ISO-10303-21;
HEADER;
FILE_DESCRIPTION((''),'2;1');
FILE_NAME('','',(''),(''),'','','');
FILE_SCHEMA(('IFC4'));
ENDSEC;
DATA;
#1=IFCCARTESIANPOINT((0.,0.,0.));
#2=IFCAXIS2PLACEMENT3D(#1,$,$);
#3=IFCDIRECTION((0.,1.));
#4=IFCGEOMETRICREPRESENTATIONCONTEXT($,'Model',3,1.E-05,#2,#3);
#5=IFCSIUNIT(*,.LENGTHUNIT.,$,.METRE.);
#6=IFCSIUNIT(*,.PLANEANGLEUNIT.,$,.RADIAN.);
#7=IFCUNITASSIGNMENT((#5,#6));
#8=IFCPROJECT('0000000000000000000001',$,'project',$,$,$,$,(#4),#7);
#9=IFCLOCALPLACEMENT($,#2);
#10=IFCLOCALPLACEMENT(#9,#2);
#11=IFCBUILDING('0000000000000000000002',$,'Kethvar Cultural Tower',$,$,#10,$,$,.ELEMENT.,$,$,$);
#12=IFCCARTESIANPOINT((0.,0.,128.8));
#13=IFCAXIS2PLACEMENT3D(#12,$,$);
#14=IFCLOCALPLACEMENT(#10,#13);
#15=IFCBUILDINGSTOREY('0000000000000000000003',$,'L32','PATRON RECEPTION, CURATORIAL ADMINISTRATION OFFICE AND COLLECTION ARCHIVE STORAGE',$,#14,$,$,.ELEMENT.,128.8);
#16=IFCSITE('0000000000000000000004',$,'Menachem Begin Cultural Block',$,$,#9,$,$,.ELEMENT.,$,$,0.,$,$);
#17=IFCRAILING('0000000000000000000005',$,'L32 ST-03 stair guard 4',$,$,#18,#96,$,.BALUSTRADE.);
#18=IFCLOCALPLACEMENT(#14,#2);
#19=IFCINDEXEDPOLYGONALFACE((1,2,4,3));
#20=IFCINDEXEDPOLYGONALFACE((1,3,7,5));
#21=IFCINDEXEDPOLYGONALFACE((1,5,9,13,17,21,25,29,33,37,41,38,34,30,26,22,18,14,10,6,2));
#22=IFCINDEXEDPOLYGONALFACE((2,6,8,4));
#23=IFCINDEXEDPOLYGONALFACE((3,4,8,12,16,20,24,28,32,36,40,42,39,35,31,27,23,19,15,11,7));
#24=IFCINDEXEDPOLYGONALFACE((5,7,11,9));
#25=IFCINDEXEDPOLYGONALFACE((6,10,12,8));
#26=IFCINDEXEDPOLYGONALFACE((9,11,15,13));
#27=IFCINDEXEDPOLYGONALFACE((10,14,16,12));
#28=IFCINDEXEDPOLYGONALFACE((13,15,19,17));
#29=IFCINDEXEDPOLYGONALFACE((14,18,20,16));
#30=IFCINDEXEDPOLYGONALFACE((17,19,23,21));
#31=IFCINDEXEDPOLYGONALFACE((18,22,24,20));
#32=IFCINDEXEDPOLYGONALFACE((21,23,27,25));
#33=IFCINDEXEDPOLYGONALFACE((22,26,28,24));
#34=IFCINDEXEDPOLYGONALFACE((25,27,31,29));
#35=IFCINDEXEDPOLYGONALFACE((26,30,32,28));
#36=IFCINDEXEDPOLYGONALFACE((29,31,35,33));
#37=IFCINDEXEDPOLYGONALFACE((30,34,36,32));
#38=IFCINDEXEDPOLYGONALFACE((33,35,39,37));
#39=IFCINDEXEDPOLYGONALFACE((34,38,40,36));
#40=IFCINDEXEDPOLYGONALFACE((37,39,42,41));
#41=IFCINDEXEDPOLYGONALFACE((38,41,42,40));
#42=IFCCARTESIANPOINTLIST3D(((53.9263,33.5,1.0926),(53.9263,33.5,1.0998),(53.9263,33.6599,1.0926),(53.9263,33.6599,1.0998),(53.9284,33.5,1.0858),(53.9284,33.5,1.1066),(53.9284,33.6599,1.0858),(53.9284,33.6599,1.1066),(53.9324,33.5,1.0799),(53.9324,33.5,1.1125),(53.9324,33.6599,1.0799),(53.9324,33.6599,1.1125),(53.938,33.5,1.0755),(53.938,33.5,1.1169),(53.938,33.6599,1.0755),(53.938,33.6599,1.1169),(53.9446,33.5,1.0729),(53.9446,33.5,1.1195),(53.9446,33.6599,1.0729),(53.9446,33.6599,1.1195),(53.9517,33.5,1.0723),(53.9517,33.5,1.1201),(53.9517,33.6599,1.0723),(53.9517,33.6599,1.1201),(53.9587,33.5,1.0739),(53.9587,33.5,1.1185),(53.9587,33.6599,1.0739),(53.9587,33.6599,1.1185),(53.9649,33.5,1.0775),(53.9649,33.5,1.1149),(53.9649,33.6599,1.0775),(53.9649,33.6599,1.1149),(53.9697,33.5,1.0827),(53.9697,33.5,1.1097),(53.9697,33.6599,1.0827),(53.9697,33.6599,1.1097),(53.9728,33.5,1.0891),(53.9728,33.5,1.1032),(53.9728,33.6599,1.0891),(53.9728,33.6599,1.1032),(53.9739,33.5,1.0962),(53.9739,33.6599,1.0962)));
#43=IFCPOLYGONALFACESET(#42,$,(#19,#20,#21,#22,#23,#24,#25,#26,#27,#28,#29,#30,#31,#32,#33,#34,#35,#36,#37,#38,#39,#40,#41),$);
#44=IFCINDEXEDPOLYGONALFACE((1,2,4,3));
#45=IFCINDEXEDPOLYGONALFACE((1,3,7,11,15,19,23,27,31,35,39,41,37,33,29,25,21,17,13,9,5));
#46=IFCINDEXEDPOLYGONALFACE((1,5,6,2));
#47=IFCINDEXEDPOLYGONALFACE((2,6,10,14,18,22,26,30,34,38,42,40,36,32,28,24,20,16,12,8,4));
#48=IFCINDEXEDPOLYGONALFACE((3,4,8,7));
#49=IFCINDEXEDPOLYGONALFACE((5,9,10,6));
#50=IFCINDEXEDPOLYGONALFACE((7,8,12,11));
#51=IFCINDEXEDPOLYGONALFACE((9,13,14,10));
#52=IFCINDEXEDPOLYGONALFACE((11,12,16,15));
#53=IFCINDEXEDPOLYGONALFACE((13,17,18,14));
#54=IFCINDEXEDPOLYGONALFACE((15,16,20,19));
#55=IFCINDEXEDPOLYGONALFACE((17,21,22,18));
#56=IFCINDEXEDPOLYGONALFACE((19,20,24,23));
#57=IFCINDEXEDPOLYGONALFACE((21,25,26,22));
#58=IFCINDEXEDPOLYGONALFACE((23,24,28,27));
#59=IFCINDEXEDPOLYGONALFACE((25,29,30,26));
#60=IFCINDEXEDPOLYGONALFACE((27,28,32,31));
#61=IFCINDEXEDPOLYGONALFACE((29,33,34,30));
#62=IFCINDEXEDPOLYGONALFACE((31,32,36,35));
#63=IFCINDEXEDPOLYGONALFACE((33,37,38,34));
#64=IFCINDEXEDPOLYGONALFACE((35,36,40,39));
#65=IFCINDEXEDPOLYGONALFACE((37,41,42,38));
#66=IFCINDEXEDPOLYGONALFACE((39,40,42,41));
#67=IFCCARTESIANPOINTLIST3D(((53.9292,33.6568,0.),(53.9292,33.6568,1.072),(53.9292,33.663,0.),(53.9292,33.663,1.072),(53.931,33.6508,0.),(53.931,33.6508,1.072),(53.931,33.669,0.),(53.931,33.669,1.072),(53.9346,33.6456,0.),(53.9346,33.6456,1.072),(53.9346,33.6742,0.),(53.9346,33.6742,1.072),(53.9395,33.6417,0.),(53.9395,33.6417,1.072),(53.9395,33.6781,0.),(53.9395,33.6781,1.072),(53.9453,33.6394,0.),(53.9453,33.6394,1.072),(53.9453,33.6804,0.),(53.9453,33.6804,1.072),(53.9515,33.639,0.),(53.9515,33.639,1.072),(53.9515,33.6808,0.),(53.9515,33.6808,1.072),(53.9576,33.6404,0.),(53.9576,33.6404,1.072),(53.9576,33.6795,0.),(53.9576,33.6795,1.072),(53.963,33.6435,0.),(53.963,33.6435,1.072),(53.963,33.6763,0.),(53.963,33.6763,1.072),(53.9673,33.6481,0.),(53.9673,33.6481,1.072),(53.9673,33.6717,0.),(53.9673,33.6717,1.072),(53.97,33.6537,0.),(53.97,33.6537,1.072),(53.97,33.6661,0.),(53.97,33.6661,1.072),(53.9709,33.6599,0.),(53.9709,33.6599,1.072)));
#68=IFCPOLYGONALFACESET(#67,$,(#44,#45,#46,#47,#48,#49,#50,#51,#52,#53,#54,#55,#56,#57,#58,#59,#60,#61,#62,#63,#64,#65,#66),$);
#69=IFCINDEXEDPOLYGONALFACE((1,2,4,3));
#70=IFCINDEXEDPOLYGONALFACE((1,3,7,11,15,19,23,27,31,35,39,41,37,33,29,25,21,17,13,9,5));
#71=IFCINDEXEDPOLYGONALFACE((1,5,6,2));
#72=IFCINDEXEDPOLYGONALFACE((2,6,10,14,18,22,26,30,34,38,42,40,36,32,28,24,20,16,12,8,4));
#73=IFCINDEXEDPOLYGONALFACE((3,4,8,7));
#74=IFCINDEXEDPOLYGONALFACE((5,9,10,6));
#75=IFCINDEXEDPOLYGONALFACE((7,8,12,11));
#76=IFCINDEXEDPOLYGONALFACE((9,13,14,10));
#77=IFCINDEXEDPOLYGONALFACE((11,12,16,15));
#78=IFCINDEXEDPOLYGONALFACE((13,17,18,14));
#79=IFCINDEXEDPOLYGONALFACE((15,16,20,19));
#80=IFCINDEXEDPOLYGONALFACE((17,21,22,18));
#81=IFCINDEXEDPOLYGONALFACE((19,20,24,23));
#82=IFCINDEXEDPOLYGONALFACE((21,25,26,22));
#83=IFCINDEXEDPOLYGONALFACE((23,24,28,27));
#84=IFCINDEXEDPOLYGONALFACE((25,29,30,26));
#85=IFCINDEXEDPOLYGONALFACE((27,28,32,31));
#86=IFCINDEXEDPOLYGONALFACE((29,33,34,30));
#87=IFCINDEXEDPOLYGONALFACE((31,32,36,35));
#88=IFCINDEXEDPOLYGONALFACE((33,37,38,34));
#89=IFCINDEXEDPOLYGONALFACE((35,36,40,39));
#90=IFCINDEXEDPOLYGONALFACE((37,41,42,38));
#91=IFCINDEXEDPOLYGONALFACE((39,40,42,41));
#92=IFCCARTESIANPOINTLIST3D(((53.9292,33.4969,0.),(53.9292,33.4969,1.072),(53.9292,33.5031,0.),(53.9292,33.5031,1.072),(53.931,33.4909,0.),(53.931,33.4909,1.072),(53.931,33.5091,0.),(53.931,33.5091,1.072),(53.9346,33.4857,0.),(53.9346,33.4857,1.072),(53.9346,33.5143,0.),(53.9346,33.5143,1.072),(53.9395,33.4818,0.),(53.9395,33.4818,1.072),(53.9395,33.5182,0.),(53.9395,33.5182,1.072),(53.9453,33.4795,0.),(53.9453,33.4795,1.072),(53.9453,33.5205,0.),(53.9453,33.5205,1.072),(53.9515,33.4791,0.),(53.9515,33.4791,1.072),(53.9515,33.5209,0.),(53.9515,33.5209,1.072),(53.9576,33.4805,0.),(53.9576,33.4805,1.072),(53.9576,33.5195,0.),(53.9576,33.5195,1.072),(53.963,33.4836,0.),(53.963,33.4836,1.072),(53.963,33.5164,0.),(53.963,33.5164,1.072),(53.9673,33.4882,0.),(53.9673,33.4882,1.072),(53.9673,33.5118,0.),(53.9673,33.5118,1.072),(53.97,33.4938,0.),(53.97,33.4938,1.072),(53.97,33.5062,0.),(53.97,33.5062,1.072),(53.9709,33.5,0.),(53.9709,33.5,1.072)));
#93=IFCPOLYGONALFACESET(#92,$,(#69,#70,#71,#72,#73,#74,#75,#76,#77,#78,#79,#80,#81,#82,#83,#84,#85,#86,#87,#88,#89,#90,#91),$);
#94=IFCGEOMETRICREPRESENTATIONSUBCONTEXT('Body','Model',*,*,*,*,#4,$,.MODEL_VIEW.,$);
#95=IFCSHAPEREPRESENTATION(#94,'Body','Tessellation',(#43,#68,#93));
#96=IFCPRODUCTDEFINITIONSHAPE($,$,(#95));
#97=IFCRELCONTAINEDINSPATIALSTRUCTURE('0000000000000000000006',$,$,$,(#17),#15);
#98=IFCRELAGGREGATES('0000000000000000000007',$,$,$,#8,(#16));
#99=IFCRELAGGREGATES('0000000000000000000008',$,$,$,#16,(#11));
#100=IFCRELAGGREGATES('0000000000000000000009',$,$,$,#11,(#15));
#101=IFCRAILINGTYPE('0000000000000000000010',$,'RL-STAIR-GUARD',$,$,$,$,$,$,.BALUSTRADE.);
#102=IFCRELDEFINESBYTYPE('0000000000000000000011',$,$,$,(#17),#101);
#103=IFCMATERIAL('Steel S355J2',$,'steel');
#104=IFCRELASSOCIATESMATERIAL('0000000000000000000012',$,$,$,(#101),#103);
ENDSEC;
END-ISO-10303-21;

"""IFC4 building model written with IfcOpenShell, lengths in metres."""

from ifc_helpers import new_model, si_unit, direction, frame, origin, origin_2d, place, context, subcontext, project, spatial, circle, extrude, material, type_object, element, save


model = new_model("IFC4")

# Units and contexts
model_context = context("Model", 3, precision=1e-05, world=origin(), true_north=direction((0.0, 1.0)))
body_context = subcontext(model_context, "Body", "Model", "MODEL_VIEW")
ifc_project = project(units=[si_unit("LENGTHUNIT", "METRE"), si_unit("PLANEANGLEUNIT", "RADIAN")], contexts=[model_context])

# Site, building, storey
site_placement = place(None, origin())
site = spatial("IfcSite", under=ifc_project, at=site_placement, Name="Menachem Begin Cultural Block", CompositionType="ELEMENT", RefElevation=0.0)
building_placement = place(site_placement, origin())
building = spatial("IfcBuilding", under=site, at=building_placement, Name="Kethvar Cultural Tower", CompositionType="ELEMENT")
storey_placement = place(building_placement, frame((0.0, 0.0, 128.8)))
storey = spatial("IfcBuildingStorey", under=building, at=storey_placement, Name="L32", Description="PATRON RECEPTION, CURATORIAL ADMINISTRATION OFFICE AND COLLECTION ARCHIVE STORAGE", CompositionType="ELEMENT", Elevation=128.8)

# Shared definitions
ifc_material_1 = material(Name="Steel S355J2", Category="steel")

# Railing
railing_type_1 = type_object("IfcRailingType", Name="RL-STAIR-GUARD", PredefinedType="BALUSTRADE", material=ifc_material_1)
railing_1_placement = place(storey_placement, frame((53.95, 33.6599, 0.0)))
element("IfcRailing", 1, at=railing_1_placement, inside=storey, type_object=railing_type_1, Name="L32 ST-03 stair guard 4", PredefinedType="BALUSTRADE", context=body_context, shape_type="SweptSolid", body=[
    extrude(circle(Radius=0.0239, at=origin_2d()), frame((0.0, 0.0, 1.0962), z_axis=(0.0, -1.0, 0.0), x_axis=(1.0, 0.0, 0.0)), (0.0, 0.0, 1.0), 0.1599),
    extrude(circle(Radius=0.021, at=origin_2d()), origin(), (0.0, 0.0, 1.0), 1.072),
    extrude(circle(Radius=0.021, at=origin_2d()), frame((0.0, -0.1599, 0.0)), (0.0, 0.0, 1.0), 1.072),
])

save(model, "model.ifc")
